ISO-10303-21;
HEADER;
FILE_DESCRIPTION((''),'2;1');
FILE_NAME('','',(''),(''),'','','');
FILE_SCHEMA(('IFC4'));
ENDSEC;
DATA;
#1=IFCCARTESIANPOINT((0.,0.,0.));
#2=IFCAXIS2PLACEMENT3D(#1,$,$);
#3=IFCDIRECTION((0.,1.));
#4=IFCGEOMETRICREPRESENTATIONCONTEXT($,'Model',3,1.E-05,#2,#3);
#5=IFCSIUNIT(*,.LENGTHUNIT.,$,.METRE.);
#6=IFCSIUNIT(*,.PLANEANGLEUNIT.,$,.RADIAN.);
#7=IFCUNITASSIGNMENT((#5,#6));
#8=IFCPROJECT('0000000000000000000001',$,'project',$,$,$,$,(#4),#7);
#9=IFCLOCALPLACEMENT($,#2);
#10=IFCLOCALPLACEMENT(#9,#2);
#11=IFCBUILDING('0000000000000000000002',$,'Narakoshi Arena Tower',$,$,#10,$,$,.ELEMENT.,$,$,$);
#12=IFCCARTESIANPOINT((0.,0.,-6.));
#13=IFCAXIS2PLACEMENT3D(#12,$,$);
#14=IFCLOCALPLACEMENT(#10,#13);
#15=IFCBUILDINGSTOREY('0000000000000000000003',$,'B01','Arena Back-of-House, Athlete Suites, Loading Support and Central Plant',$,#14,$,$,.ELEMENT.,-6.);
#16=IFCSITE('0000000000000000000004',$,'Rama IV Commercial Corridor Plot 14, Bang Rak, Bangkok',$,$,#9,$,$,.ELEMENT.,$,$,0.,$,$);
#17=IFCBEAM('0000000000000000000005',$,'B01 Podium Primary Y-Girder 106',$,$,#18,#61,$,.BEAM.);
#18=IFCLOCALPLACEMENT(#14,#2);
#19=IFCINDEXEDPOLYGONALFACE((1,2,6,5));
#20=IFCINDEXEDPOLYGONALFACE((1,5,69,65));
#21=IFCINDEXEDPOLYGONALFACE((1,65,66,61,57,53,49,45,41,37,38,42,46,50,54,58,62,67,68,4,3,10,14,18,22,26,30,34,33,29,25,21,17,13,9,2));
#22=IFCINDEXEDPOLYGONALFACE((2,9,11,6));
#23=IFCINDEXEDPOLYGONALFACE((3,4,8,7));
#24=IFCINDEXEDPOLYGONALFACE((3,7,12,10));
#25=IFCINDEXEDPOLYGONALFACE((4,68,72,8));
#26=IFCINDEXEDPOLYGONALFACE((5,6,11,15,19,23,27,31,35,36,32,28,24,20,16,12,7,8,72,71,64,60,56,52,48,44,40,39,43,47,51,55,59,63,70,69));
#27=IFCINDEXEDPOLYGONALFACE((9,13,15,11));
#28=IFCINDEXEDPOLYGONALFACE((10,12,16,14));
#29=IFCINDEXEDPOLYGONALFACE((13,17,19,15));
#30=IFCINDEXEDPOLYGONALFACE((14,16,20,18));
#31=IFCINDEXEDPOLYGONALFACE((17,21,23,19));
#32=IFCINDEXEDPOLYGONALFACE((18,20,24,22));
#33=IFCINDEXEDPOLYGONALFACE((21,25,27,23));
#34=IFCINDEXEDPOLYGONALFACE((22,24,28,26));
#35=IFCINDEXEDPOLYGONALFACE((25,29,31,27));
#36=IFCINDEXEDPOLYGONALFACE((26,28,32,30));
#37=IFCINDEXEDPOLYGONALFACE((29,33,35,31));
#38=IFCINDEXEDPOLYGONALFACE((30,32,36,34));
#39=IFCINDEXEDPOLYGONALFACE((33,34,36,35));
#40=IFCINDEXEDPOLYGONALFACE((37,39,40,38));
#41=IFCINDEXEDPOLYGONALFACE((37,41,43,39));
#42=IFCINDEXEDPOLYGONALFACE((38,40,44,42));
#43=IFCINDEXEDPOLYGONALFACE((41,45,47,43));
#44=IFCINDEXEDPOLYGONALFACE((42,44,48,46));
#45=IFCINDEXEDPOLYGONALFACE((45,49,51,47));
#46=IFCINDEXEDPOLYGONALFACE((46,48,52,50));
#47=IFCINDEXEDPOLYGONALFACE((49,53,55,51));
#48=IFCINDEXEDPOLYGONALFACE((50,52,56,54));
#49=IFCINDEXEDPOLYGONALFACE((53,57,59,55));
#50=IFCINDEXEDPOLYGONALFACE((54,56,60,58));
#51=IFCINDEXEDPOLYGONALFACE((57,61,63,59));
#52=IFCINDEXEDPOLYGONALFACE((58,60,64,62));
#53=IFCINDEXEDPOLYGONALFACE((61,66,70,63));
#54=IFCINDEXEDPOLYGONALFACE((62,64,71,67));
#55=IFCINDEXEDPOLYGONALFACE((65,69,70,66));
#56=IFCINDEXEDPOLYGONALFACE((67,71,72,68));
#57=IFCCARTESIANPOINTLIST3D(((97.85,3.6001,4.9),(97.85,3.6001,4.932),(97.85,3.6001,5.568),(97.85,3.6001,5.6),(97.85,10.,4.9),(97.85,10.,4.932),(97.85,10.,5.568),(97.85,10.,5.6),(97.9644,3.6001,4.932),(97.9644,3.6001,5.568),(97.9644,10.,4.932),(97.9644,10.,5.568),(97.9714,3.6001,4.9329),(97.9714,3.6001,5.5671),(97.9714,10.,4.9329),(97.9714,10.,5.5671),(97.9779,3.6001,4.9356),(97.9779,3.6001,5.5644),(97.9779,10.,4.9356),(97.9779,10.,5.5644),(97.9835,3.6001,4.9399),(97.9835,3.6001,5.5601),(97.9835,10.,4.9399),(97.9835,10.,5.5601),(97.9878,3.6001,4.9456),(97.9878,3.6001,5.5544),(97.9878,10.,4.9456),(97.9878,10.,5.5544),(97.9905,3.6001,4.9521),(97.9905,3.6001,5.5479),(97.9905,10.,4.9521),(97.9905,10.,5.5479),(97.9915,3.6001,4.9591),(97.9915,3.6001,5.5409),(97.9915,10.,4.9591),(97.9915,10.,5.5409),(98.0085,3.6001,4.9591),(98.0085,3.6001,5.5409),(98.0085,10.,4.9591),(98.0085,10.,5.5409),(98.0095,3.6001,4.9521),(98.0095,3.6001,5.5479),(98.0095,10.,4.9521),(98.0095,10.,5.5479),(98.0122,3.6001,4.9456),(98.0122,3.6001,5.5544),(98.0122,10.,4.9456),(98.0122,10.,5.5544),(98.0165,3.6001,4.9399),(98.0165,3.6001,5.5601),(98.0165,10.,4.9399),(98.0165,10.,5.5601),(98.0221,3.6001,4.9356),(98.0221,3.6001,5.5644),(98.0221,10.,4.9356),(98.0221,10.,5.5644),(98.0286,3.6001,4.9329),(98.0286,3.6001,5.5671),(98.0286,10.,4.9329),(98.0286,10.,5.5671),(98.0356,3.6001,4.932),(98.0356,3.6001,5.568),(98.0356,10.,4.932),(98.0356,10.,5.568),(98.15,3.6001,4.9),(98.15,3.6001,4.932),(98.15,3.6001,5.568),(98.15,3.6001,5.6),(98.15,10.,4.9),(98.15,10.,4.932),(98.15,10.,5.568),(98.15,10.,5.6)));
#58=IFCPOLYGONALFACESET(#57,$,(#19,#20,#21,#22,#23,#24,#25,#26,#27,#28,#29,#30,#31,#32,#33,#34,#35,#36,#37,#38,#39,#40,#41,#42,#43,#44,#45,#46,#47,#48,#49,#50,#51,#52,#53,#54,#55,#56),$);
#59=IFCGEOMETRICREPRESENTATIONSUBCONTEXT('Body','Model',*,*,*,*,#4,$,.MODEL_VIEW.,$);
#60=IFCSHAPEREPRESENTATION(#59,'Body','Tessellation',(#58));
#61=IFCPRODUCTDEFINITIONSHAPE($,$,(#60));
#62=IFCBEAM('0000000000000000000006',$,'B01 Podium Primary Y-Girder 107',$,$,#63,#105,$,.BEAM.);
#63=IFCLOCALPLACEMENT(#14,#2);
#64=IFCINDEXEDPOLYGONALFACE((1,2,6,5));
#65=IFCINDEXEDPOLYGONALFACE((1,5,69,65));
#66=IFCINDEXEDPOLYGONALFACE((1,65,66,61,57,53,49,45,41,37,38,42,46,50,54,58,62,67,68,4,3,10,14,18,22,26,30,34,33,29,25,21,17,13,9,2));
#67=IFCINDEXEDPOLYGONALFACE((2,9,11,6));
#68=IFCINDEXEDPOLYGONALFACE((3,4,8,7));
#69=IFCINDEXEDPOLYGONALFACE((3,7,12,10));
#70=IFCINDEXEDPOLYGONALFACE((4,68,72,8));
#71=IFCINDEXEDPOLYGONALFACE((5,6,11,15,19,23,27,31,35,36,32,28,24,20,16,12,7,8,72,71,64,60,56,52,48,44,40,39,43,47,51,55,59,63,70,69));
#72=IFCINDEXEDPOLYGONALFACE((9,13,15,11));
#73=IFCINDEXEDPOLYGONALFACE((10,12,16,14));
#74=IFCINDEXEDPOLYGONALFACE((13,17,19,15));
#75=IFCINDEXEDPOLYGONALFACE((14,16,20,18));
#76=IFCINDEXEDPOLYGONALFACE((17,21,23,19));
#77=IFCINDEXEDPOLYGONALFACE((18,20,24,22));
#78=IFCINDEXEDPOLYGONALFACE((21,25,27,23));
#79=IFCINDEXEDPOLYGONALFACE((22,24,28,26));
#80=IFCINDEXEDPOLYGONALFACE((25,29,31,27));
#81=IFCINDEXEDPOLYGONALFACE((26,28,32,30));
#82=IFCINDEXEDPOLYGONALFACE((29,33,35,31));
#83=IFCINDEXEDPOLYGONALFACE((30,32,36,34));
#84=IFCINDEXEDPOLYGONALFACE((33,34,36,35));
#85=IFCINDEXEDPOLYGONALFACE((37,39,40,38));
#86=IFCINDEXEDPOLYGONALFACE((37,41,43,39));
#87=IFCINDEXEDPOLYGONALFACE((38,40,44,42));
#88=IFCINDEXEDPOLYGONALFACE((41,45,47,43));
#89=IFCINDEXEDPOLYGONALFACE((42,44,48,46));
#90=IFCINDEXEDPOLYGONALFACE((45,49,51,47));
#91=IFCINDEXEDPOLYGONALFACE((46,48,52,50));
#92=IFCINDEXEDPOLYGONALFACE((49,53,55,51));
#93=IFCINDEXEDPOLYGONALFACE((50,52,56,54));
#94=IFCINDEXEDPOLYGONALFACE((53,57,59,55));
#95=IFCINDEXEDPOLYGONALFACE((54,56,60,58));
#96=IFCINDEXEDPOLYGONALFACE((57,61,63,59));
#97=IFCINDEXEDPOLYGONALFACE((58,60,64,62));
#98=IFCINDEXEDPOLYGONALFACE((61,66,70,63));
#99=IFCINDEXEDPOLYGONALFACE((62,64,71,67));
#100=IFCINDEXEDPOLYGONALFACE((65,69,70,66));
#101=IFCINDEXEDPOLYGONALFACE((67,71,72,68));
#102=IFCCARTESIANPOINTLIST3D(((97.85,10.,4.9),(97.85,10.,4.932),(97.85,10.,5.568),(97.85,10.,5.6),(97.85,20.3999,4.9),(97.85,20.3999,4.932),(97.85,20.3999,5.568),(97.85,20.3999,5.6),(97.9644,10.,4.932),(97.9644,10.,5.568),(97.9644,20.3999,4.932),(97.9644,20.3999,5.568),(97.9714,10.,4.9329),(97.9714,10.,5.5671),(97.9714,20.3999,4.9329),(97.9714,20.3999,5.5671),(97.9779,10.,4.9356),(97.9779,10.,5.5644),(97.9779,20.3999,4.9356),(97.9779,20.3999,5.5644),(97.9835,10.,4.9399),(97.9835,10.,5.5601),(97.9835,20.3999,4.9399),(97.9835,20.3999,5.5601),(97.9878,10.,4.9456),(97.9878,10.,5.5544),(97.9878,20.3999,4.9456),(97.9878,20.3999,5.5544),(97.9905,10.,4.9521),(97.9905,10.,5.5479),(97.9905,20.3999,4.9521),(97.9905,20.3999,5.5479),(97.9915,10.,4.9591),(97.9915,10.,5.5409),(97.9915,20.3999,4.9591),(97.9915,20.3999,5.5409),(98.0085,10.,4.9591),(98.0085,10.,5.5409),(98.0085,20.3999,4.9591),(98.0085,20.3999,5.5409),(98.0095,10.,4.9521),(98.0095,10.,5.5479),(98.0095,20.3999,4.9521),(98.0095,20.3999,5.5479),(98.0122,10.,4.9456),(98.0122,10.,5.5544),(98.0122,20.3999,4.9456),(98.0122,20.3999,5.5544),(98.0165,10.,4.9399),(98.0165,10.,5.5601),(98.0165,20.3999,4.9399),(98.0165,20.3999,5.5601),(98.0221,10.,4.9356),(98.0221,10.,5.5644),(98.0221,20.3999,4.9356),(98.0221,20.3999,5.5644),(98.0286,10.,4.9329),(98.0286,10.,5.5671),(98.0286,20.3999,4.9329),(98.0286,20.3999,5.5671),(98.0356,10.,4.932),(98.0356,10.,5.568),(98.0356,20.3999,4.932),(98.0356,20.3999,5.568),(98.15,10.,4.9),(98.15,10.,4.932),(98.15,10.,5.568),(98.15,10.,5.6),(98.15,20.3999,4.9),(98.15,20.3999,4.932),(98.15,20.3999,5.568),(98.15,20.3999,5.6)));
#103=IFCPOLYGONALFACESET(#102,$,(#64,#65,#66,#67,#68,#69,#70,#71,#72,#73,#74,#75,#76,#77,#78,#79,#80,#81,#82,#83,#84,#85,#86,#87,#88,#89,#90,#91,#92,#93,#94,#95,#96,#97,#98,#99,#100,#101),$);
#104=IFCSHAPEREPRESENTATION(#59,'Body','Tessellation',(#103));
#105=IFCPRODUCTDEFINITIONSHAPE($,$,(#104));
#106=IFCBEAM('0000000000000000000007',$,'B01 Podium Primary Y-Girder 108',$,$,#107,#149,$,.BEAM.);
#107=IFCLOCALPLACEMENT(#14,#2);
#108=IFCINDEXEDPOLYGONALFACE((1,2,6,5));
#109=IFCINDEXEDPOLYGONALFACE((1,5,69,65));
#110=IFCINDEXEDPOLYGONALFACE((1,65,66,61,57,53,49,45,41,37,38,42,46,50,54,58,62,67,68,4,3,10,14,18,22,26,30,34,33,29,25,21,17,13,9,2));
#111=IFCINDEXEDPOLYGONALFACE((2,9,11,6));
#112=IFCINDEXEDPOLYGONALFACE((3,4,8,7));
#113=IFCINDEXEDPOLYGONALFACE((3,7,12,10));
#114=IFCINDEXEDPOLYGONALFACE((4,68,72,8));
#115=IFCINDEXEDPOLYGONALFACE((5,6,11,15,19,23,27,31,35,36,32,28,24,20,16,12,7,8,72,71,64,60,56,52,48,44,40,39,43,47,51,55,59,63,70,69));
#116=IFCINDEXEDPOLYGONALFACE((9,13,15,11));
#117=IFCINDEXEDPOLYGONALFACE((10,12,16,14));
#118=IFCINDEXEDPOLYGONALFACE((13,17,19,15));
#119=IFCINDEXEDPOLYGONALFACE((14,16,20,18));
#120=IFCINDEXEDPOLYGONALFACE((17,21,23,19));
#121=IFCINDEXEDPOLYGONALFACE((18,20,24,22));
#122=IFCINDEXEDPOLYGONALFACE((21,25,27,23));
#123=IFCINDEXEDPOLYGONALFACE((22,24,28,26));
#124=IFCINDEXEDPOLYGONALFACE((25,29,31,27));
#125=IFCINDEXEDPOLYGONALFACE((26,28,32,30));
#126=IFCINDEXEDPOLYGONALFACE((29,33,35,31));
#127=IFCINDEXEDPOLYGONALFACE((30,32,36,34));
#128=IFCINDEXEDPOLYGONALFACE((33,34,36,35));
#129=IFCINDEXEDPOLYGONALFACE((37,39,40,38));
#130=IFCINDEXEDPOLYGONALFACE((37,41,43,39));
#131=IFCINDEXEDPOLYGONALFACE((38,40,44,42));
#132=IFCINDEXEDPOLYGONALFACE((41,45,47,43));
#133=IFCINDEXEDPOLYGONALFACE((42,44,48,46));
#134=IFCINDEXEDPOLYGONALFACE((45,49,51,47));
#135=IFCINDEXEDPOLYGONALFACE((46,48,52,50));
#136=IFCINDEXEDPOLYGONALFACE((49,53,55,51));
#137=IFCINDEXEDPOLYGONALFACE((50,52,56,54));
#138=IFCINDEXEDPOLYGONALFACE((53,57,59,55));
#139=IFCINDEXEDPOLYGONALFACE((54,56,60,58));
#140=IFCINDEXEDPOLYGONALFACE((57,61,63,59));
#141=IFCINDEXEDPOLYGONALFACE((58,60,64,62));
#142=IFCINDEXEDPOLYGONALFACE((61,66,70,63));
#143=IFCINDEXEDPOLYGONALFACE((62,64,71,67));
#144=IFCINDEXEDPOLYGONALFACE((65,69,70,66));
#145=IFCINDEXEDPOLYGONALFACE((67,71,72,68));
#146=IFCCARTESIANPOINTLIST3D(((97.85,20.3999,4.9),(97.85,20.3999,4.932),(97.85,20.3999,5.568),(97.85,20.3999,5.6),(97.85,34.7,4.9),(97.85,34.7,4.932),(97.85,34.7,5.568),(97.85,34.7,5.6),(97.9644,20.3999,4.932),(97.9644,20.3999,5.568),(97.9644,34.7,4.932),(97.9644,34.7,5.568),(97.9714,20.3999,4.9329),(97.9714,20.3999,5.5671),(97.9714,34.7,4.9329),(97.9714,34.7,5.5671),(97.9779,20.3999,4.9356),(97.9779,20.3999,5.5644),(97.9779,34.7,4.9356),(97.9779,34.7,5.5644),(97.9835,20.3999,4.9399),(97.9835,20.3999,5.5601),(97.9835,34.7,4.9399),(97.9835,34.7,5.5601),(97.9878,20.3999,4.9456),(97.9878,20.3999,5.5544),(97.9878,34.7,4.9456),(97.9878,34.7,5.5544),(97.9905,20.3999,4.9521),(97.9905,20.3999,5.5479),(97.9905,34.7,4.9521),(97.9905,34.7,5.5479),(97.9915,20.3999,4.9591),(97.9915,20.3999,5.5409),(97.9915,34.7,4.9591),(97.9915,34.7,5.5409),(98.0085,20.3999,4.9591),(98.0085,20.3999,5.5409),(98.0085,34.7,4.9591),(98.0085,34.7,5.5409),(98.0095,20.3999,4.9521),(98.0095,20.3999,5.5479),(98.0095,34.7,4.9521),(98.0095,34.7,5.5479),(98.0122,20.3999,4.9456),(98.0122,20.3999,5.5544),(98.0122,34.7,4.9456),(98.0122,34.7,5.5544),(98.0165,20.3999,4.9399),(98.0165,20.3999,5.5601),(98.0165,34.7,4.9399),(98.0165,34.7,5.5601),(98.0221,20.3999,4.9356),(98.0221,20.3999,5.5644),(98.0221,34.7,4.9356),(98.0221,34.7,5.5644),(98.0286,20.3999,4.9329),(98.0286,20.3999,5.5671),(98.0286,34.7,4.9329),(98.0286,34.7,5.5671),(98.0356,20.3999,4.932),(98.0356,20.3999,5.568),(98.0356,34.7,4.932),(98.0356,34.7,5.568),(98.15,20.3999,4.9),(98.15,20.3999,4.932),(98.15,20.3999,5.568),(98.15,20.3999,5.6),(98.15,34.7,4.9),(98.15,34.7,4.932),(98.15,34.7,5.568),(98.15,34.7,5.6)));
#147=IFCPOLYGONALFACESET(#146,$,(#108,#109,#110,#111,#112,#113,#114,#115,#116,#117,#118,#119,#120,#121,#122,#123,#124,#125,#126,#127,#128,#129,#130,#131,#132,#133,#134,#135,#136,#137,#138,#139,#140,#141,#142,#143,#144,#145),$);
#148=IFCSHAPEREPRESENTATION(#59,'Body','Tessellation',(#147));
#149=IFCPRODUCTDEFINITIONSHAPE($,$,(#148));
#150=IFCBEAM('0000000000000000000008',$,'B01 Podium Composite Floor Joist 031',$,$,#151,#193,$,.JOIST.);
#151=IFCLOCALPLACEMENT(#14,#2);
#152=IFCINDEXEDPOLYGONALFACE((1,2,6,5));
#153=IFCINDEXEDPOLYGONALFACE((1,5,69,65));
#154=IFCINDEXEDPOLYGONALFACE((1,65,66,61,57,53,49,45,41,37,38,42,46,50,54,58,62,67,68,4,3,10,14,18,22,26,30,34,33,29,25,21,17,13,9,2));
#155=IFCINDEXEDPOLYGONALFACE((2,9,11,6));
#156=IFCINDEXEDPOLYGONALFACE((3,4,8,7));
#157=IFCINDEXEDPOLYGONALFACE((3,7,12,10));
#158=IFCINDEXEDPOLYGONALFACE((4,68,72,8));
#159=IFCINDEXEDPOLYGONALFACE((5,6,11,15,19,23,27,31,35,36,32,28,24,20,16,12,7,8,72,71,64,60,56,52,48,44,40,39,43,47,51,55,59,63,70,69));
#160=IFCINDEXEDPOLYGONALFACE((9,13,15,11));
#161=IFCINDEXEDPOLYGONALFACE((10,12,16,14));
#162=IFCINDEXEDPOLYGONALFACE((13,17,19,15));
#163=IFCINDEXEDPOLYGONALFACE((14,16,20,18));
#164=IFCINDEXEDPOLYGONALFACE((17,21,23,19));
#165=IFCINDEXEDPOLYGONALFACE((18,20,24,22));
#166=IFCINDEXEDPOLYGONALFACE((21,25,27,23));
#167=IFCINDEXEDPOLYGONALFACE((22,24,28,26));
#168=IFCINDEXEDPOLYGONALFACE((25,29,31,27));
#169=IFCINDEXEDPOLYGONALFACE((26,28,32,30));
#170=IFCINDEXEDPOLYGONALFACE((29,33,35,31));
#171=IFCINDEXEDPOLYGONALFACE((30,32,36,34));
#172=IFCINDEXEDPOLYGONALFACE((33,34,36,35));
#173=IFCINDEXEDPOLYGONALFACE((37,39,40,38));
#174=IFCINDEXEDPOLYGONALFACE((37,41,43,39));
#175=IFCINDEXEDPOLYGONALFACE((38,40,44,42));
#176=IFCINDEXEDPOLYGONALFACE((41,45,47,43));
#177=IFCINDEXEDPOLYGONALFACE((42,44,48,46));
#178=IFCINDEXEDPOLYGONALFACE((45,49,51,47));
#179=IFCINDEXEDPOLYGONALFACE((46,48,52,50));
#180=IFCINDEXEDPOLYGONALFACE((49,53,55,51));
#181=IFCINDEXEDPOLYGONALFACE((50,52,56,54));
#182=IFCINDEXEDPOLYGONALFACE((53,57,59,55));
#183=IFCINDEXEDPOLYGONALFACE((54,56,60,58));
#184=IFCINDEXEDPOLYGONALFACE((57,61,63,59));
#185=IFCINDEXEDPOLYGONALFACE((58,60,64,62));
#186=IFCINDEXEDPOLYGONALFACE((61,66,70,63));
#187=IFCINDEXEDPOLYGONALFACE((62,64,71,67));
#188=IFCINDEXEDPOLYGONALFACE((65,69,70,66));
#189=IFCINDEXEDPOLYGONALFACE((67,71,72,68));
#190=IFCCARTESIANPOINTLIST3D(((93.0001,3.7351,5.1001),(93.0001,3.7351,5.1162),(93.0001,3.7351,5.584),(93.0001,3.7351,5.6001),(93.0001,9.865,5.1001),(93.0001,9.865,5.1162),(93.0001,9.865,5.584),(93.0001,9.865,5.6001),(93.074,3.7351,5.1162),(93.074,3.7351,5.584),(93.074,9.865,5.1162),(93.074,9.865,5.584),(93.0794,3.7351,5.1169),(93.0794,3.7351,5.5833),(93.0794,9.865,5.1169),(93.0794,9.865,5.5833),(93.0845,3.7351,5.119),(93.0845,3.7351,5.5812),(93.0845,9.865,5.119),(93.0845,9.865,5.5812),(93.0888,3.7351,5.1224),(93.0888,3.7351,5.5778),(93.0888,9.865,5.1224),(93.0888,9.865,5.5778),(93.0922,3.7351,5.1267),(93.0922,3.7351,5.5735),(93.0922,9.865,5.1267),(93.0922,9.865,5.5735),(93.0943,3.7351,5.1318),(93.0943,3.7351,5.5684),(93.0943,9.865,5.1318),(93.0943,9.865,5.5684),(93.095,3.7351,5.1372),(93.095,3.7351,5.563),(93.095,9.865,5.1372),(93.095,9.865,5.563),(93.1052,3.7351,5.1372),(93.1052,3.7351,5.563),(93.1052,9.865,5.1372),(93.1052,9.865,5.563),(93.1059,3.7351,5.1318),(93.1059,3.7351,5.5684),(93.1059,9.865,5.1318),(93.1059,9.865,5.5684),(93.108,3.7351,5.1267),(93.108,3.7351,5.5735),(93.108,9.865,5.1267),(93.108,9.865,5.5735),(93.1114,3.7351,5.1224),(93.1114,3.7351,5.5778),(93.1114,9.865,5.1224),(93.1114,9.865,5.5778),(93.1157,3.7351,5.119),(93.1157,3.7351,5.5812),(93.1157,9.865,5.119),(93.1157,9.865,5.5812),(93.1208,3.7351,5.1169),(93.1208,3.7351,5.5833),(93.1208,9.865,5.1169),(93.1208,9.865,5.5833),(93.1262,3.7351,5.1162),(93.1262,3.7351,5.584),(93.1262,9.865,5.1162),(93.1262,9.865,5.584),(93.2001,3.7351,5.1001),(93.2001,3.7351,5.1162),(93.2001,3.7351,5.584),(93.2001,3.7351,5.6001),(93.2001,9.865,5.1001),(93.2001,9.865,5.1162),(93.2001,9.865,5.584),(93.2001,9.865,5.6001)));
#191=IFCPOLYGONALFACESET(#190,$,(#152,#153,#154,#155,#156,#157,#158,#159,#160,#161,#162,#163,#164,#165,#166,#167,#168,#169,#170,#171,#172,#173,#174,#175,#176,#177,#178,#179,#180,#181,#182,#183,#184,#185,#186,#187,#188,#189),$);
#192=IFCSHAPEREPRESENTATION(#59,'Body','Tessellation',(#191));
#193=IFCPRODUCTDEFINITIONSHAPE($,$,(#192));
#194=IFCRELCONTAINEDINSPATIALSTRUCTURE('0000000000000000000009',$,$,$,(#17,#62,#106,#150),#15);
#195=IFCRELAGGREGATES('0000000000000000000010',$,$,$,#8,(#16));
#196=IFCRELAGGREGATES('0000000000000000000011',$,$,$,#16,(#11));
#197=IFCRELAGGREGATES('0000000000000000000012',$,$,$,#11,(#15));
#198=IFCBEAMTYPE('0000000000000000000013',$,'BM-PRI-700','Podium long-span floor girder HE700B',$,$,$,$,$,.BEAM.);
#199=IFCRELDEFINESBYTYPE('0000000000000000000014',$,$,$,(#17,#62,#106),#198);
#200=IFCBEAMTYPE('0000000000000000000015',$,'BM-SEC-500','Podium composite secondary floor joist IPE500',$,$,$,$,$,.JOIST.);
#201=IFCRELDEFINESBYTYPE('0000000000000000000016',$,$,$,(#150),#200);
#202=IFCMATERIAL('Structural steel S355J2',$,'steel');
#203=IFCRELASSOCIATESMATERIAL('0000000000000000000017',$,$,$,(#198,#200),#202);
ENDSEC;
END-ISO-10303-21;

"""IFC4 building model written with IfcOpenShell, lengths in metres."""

from ifc_helpers import new_model, si_unit, direction, frame, origin, origin_2d, place, context, subcontext, project, spatial, i_section, extrude, material, material_profile, profile_set, type_object, element, save


model = new_model("IFC4")

# Units and contexts
model_context = context("Model", 3, precision=1e-05, world=origin(), true_north=direction((0.0, 1.0)))
body_context = subcontext(model_context, "Body", "Model", "MODEL_VIEW")
ifc_project = project(units=[si_unit("LENGTHUNIT", "METRE"), si_unit("PLANEANGLEUNIT", "RADIAN")], contexts=[model_context])

# Site, building, storey
site_placement = place(None, origin())
site = spatial("IfcSite", under=ifc_project, at=site_placement, Name="Rama IV Commercial Corridor Plot 14, Bang Rak, Bangkok", CompositionType="ELEMENT", RefElevation=0.0)
building_placement = place(site_placement, origin())
building = spatial("IfcBuilding", under=site, at=building_placement, Name="Narakoshi Arena Tower", CompositionType="ELEMENT")
storey_placement = place(building_placement, frame((0.0, 0.0, -6.0)))
storey = spatial("IfcBuildingStorey", under=building, at=storey_placement, Name="B01", Description="Arena Back-of-House, Athlete Suites, Loading Support and Central Plant", CompositionType="ELEMENT", Elevation=-6.0)

# Beams
ifc_material_1 = material(Name="Structural steel S355J2", Category="steel")
ifc_material_profile_1 = material_profile(ifc_material_1, i_section(OverallWidth=0.3, OverallDepth=0.7, WebThickness=0.0171, FlangeThickness=0.032, FilletRadius=0.0271, at=origin_2d()), Name="HE700B")
ifc_profile_set_1 = profile_set([ifc_material_profile_1], Name="Structural steel S355J2")
beam_type_1 = type_object("IfcBeamType", Name="BM-PRI-700", Description="Podium long-span floor girder HE700B", PredefinedType="BEAM", material=ifc_profile_set_1)
beam_1_placement = place(storey_placement, frame((98.0, 3.6001, 5.25), z_axis=(0.0, 1.0, 0.0), x_axis=(-1.0, 0.0, 0.0)))
element("IfcBeam", 1, at=beam_1_placement, inside=storey, type_object=beam_type_1, Name="B01 Podium Primary Y-Girder 106", PredefinedType="BEAM", context=body_context, shape_type="SweptSolid", body=[
    extrude(i_section(OverallWidth=0.3, OverallDepth=0.7, WebThickness=0.0171, FlangeThickness=0.032, FilletRadius=0.0271, at=origin_2d()), origin(), (0.0, 0.0, 1.0), 6.3999),
])
beam_2_placement = place(storey_placement, frame((98.0, 10.0, 5.25), z_axis=(0.0, 1.0, 0.0), x_axis=(-1.0, 0.0, 0.0)))
element("IfcBeam", 2, at=beam_2_placement, inside=storey, type_object=beam_type_1, Name="B01 Podium Primary Y-Girder 107", PredefinedType="BEAM", context=body_context, shape_type="SweptSolid", body=[
    extrude(i_section(OverallWidth=0.3, OverallDepth=0.7, WebThickness=0.0171, FlangeThickness=0.032, FilletRadius=0.0271, at=origin_2d()), origin(), (0.0, 0.0, 1.0), 10.3999),
])
beam_3_placement = place(storey_placement, frame((98.0, 20.3999, 5.25), z_axis=(0.0, 1.0, 0.0), x_axis=(-1.0, 0.0, 0.0)))
element("IfcBeam", 3, at=beam_3_placement, inside=storey, type_object=beam_type_1, Name="B01 Podium Primary Y-Girder 108", PredefinedType="BEAM", context=body_context, shape_type="SweptSolid", body=[
    extrude(i_section(OverallWidth=0.3, OverallDepth=0.7, WebThickness=0.0171, FlangeThickness=0.032, FilletRadius=0.0271, at=origin_2d()), origin(), (0.0, 0.0, 1.0), 14.3),
])
ifc_material_profile_2 = material_profile(ifc_material_1, i_section(OverallWidth=0.2, OverallDepth=0.5, WebThickness=0.0103, FlangeThickness=0.0161, FilletRadius=0.021, at=origin_2d()), Name="IPE500")
ifc_profile_set_2 = profile_set([ifc_material_profile_2], Name="Structural steel S355J2")
beam_type_2 = type_object("IfcBeamType", Name="BM-SEC-500", Description="Podium composite secondary floor joist IPE500", PredefinedType="JOIST", material=ifc_profile_set_2)
beam_4_placement = place(storey_placement, frame((93.1001, 3.7351, 5.3501), z_axis=(0.0, 1.0, 0.0), x_axis=(-1.0, 0.0, 0.0)))
element("IfcBeam", 4, at=beam_4_placement, inside=storey, type_object=beam_type_2, Name="B01 Podium Composite Floor Joist 031", PredefinedType="JOIST", context=body_context, shape_type="SweptSolid", body=[
    extrude(i_section(OverallWidth=0.2, OverallDepth=0.5, WebThickness=0.0103, FlangeThickness=0.0161, FilletRadius=0.021, at=origin_2d()), origin(), (0.0, 0.0, 1.0), 6.1299),
])

save(model, "model.ifc")
